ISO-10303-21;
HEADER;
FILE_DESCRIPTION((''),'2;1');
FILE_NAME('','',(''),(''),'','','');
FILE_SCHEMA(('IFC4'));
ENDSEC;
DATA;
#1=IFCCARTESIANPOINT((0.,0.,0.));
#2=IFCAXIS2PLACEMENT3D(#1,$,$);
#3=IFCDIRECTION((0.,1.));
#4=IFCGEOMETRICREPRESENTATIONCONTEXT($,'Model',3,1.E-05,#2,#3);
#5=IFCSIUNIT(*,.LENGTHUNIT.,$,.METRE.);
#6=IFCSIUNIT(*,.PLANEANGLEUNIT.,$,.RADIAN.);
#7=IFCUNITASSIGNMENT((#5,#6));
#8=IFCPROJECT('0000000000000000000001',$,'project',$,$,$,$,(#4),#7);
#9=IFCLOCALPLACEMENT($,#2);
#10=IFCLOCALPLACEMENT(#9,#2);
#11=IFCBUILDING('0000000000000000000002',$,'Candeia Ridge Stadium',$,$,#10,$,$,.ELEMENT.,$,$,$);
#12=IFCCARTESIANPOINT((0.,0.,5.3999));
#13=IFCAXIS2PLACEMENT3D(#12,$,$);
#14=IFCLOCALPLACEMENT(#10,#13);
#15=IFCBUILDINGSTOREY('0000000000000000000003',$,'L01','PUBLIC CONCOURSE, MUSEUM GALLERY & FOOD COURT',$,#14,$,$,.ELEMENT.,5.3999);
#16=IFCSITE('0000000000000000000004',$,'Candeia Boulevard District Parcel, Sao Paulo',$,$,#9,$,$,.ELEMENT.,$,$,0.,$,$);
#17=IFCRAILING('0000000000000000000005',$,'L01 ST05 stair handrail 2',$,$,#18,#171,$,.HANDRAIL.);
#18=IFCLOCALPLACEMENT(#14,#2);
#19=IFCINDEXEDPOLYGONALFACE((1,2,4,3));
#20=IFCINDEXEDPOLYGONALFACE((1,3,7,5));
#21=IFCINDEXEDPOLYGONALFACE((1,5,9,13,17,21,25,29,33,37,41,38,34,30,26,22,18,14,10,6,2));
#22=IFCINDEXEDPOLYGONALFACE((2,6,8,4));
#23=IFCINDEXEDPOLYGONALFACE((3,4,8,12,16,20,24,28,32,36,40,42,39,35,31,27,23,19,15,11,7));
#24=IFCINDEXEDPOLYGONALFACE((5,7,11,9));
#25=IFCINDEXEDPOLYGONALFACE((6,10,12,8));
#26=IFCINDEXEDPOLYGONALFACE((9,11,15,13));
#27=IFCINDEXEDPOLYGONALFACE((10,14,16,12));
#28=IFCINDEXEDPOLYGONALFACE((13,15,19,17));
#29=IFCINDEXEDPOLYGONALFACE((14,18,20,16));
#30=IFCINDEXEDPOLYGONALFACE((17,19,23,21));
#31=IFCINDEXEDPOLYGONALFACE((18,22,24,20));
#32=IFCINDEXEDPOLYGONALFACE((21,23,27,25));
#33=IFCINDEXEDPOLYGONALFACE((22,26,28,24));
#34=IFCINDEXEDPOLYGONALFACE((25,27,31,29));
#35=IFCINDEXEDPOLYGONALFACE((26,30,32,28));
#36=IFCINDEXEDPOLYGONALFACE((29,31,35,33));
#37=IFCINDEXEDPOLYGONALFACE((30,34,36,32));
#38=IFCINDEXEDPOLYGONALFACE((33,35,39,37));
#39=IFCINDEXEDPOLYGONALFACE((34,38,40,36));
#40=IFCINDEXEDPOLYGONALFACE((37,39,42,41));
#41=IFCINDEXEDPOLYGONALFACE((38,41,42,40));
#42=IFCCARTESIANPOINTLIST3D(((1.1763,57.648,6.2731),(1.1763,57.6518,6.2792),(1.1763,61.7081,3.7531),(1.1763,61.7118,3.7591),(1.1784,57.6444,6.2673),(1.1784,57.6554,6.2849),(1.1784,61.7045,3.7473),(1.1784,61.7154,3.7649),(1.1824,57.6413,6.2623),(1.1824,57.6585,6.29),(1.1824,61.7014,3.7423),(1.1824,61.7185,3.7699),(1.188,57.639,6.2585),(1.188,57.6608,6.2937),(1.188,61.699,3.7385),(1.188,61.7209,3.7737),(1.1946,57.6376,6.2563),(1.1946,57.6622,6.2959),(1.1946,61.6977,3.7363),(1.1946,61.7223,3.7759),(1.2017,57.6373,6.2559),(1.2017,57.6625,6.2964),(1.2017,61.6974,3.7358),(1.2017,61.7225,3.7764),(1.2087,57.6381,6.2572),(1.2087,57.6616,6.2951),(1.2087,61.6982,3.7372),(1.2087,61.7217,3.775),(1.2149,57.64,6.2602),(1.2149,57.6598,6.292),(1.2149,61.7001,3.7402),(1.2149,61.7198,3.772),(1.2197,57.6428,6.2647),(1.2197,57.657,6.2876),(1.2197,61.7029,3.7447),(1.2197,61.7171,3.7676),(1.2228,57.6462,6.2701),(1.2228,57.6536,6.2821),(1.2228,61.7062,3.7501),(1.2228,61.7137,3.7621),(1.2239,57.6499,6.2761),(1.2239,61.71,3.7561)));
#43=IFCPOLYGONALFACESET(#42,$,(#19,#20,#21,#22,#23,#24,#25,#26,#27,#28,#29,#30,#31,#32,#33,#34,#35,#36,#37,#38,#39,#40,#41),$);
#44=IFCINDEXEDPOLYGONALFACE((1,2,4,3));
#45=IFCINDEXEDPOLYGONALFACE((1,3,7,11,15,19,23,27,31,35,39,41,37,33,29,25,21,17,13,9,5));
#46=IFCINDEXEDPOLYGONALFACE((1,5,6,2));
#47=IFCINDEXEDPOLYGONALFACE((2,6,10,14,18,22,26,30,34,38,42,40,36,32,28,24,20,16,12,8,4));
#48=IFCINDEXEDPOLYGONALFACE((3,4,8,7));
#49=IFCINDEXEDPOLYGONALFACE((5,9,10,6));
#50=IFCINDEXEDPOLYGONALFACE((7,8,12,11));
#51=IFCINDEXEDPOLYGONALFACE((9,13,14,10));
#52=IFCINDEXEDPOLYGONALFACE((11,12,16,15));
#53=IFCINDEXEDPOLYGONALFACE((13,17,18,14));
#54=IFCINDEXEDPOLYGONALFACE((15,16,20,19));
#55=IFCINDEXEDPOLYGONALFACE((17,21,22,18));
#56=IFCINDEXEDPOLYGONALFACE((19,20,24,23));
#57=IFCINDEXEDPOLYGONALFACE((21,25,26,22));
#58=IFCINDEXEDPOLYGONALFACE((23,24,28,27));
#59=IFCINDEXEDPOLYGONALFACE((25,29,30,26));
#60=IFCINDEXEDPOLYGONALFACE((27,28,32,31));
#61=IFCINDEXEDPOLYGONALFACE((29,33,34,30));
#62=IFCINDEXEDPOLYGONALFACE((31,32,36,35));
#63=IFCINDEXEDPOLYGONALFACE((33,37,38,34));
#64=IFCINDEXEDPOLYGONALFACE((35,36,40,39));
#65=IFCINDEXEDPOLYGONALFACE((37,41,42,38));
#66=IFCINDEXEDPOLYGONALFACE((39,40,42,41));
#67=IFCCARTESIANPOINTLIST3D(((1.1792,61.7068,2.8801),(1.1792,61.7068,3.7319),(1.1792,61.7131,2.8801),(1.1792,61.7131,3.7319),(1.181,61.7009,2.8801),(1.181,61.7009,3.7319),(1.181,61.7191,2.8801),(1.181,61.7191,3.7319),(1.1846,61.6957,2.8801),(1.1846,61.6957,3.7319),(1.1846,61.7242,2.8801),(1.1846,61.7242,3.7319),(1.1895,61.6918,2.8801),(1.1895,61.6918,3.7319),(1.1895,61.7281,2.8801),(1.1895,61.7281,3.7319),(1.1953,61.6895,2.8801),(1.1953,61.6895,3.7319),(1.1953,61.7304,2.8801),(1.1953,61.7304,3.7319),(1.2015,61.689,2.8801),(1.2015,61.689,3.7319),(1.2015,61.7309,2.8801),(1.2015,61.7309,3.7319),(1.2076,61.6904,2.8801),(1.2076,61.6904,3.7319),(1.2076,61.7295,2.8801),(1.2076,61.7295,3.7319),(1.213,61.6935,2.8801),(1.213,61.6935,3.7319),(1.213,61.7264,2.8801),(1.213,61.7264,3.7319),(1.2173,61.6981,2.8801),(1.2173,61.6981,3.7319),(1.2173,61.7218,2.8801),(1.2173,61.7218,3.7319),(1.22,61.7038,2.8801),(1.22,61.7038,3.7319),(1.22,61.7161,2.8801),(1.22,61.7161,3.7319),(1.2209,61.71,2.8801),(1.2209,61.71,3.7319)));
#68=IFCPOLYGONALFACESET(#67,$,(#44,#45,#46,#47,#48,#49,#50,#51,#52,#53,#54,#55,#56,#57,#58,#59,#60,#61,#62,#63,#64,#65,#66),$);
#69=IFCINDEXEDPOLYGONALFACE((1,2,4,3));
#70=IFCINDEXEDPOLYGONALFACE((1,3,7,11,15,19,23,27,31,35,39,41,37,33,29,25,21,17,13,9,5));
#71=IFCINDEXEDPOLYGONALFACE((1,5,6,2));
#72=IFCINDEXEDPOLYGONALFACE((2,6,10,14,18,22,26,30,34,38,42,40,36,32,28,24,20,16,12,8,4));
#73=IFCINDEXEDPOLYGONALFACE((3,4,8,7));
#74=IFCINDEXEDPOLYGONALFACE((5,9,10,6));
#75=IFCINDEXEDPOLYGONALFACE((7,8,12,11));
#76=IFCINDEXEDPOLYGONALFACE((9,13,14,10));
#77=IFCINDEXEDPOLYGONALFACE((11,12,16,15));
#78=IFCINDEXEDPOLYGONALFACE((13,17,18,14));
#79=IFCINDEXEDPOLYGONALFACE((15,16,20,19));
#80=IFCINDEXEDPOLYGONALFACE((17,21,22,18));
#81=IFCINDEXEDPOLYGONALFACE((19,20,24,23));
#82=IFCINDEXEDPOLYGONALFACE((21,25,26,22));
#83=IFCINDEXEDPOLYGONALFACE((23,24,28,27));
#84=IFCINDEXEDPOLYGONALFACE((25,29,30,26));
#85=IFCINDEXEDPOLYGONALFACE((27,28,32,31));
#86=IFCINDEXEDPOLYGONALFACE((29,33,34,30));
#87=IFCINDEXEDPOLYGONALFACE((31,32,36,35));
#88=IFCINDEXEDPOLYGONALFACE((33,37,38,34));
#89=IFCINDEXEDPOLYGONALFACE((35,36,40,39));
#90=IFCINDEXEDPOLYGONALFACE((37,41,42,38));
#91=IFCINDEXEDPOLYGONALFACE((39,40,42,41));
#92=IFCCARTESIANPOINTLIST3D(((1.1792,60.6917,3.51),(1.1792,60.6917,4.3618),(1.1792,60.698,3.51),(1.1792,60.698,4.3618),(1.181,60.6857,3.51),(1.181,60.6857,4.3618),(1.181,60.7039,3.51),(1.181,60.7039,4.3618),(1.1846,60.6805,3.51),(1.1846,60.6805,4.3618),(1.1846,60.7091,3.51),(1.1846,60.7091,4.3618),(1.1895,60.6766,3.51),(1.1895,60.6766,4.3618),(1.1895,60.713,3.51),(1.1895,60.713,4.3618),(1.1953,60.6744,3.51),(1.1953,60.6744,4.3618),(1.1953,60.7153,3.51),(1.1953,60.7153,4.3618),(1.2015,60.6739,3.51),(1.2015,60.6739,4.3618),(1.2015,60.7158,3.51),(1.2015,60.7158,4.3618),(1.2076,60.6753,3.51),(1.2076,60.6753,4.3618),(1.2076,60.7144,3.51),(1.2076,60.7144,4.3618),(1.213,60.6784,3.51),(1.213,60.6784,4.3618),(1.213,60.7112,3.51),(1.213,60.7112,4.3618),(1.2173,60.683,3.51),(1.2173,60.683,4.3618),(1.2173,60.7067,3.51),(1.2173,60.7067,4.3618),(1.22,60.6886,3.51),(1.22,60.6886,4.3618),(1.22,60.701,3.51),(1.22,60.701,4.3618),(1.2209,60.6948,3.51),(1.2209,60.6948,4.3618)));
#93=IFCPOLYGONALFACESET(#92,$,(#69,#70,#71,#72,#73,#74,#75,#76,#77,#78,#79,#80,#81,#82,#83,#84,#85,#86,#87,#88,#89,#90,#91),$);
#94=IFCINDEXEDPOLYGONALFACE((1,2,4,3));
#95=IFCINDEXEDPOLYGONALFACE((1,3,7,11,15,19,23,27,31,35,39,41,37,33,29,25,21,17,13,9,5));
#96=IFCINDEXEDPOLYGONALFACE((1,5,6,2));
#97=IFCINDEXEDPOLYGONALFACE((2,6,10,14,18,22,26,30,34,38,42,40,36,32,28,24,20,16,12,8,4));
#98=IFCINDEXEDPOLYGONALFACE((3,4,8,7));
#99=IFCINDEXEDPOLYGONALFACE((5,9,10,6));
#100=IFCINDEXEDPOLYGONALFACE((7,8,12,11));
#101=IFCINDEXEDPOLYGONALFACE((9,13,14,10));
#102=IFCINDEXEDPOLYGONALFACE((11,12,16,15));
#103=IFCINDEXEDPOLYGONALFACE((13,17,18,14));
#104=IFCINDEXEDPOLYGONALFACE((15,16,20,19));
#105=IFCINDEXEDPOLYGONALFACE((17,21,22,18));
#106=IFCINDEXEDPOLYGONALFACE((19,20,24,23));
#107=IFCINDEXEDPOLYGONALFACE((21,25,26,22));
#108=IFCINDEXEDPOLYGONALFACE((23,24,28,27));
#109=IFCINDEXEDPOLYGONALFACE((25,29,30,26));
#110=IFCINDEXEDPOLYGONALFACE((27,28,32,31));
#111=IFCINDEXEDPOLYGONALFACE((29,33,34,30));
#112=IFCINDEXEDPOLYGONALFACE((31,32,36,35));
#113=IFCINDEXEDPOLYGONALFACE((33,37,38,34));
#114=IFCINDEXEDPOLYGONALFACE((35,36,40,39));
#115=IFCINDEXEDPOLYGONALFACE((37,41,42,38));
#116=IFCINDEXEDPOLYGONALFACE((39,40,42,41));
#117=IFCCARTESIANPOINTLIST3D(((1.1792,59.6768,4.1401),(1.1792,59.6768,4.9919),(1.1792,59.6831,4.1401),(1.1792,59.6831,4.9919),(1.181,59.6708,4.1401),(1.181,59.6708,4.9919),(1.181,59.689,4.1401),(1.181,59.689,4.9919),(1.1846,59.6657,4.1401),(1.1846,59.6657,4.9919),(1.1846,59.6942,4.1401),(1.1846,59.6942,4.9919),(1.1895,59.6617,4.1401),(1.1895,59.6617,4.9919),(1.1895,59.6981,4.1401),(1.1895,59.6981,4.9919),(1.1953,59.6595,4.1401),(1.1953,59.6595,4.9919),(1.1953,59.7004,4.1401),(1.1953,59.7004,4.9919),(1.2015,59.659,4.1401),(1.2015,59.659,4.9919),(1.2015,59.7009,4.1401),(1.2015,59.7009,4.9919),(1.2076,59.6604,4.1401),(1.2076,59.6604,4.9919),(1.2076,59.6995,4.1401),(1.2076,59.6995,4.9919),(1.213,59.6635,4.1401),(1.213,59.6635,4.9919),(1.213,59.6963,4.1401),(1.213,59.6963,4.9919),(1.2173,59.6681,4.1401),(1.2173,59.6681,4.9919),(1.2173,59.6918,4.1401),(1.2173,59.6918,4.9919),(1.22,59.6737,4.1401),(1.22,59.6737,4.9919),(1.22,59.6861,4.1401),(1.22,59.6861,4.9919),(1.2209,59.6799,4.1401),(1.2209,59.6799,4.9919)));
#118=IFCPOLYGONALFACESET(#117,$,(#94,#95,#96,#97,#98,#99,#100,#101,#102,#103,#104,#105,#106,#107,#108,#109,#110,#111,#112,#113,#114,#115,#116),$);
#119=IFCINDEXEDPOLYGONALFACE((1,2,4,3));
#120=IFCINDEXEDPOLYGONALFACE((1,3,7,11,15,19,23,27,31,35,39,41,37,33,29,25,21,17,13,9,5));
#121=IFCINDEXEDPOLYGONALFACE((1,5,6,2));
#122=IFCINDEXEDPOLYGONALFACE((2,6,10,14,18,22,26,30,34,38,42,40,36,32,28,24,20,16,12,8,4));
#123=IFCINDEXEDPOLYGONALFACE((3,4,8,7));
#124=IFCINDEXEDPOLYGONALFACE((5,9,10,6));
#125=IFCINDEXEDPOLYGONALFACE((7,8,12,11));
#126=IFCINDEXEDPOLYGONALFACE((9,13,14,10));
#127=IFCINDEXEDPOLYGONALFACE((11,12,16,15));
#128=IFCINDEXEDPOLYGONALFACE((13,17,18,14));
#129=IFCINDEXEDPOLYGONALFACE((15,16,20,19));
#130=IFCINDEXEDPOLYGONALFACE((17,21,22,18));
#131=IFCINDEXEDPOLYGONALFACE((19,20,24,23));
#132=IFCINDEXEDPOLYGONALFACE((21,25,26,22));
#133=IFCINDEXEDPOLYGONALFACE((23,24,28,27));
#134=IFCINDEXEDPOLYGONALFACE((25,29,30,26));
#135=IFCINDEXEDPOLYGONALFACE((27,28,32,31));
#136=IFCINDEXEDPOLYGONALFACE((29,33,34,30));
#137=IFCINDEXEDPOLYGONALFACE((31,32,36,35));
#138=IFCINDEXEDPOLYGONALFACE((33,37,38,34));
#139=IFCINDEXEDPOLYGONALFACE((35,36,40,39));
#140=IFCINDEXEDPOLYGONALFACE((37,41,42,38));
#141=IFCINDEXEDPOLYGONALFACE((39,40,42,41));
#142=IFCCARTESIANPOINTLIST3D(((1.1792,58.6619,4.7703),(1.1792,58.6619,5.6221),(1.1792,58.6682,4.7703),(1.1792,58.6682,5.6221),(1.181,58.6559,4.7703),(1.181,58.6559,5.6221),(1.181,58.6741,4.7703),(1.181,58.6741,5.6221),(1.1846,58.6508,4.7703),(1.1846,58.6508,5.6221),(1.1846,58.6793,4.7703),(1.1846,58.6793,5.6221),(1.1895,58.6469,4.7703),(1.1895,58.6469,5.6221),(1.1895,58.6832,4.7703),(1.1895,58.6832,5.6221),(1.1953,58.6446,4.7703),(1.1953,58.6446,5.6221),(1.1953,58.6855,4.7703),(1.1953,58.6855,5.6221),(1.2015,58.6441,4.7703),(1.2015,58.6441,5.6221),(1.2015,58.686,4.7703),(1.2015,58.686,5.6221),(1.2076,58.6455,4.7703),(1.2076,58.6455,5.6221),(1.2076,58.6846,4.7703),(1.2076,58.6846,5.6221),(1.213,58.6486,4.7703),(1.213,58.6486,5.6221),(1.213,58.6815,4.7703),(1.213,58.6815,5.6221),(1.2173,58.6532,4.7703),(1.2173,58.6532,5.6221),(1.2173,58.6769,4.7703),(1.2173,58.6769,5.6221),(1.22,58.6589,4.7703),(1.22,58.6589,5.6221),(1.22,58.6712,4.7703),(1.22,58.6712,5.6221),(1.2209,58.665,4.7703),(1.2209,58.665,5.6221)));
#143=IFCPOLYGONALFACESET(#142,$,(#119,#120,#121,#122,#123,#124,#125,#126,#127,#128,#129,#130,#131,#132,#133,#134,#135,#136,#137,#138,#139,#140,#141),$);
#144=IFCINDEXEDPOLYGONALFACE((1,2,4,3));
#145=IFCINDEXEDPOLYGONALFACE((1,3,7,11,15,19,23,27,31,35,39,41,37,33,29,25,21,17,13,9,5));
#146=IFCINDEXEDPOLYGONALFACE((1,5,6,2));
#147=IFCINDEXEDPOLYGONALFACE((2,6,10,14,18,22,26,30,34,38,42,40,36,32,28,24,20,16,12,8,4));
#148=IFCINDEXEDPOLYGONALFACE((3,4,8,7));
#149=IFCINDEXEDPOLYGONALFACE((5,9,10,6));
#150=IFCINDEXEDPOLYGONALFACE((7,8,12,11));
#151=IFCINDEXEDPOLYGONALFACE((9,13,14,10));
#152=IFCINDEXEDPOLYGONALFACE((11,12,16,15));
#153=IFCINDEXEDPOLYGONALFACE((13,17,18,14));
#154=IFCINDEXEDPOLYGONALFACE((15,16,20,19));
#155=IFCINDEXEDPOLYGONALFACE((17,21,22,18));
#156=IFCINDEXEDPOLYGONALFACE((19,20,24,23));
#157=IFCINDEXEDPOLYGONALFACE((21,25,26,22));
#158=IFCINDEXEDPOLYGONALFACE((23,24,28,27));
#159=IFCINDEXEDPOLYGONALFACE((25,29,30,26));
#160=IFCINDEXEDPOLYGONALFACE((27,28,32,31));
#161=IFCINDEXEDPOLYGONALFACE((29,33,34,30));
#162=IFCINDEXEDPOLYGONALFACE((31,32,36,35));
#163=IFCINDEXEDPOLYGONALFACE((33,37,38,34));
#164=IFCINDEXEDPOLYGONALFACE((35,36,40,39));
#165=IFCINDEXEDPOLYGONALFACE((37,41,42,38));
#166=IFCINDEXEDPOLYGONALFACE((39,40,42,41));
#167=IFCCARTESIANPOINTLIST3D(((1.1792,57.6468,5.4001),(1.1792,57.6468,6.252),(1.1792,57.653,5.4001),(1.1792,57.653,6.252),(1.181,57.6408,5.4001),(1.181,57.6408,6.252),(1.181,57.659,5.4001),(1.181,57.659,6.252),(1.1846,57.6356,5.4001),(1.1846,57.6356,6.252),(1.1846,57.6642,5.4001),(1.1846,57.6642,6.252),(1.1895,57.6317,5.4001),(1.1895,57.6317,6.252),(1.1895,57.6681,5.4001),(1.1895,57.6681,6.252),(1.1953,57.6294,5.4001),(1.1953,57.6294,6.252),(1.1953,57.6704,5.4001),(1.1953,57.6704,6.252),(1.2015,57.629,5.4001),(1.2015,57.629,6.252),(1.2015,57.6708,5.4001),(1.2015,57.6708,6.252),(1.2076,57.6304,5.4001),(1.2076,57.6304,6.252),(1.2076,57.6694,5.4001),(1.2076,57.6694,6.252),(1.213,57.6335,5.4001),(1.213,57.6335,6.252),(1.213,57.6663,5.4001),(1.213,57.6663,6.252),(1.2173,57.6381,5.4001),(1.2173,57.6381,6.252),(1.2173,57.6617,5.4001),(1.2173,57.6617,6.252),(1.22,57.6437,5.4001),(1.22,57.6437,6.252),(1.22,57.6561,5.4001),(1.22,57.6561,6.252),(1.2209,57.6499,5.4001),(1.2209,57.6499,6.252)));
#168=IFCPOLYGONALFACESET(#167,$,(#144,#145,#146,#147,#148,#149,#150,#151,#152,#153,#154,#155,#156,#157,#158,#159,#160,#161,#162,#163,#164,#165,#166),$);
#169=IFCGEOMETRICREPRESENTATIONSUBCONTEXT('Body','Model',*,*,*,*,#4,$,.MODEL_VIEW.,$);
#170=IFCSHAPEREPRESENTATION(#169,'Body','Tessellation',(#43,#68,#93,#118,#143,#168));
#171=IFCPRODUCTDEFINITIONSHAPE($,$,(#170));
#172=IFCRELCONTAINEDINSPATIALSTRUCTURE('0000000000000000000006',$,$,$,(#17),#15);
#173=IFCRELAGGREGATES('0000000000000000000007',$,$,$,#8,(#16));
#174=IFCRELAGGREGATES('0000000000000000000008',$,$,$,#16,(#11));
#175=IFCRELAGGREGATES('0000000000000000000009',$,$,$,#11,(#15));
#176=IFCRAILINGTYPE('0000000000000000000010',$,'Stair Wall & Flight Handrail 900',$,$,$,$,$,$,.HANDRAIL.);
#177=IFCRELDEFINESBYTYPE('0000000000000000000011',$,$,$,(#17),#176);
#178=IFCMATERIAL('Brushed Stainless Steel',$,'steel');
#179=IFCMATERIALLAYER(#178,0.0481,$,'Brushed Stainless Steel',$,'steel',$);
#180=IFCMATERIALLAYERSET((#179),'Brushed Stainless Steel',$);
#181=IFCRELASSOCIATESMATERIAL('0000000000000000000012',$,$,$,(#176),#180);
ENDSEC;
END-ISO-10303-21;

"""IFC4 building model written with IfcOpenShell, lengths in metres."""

from ifc_helpers import new_model, si_unit, direction, frame, origin, origin_2d, place, context, subcontext, project, spatial, circle, extrude, material, layer, layer_set, type_object, element, save


model = new_model("IFC4")

# Units and contexts
model_context = context("Model", 3, precision=1e-05, world=origin(), true_north=direction((0.0, 1.0)))
body_context = subcontext(model_context, "Body", "Model", "MODEL_VIEW")
ifc_project = project(units=[si_unit("LENGTHUNIT", "METRE"), si_unit("PLANEANGLEUNIT", "RADIAN")], contexts=[model_context])

# Site, building, storey
site_placement = place(None, origin())
site = spatial("IfcSite", under=ifc_project, at=site_placement, Name="Candeia Boulevard District Parcel, Sao Paulo", CompositionType="ELEMENT", RefElevation=0.0)
building_placement = place(site_placement, origin())
building = spatial("IfcBuilding", under=site, at=building_placement, Name="Candeia Ridge Stadium", CompositionType="ELEMENT")
storey_placement = place(building_placement, frame((0.0, 0.0, 5.3999)))
storey = spatial("IfcBuildingStorey", under=building, at=storey_placement, Name="L01", Description="PUBLIC CONCOURSE, MUSEUM GALLERY & FOOD COURT", CompositionType="ELEMENT", Elevation=5.3999)

# Railing
ifc_material_1 = material(Name="Brushed Stainless Steel", Category="steel")
ifc_layer_1 = layer(ifc_material_1, 0.0481, Name="Brushed Stainless Steel", Category="steel")
ifc_layer_set_1 = layer_set([ifc_layer_1], Name="Brushed Stainless Steel")
railing_type_1 = type_object("IfcRailingType", Name="Stair Wall & Flight Handrail 900", PredefinedType="HANDRAIL", material=ifc_layer_set_1)
railing_1_placement = place(storey_placement, frame((1.2, 61.71, 2.8801)))
element("IfcRailing", 1, at=railing_1_placement, inside=storey, type_object=railing_type_1, Name="L01 ST05 stair handrail 2", PredefinedType="HANDRAIL", context=body_context, shape_type="SweptSolid", body=[
    extrude(circle(Radius=0.0239, at=origin_2d()), frame((0.0, 0.0, 0.876), z_axis=(0.0, -0.849642, 0.52736), x_axis=(1.0, 0.0, 0.0)), (0.0, 0.0, 1.0), 4.7786),
    extrude(circle(Radius=0.021, at=origin_2d()), origin(), (0.0, 0.0, 1.0), 0.8518),
    extrude(circle(Radius=0.021, at=origin_2d()), frame((0.0, -1.0151, 0.6299)), (0.0, 0.0, 1.0), 0.8518),
    extrude(circle(Radius=0.021, at=origin_2d()), frame((0.0, -2.03, 1.26)), (0.0, 0.0, 1.0), 0.8518),
    extrude(circle(Radius=0.021, at=origin_2d()), frame((0.0, -3.0449, 1.8901)), (0.0, 0.0, 1.0), 0.8518),
    extrude(circle(Radius=0.021, at=origin_2d()), frame((0.0, -4.0601, 2.52)), (0.0, 0.0, 1.0), 0.8518),
])

save(model, "model.ifc")
